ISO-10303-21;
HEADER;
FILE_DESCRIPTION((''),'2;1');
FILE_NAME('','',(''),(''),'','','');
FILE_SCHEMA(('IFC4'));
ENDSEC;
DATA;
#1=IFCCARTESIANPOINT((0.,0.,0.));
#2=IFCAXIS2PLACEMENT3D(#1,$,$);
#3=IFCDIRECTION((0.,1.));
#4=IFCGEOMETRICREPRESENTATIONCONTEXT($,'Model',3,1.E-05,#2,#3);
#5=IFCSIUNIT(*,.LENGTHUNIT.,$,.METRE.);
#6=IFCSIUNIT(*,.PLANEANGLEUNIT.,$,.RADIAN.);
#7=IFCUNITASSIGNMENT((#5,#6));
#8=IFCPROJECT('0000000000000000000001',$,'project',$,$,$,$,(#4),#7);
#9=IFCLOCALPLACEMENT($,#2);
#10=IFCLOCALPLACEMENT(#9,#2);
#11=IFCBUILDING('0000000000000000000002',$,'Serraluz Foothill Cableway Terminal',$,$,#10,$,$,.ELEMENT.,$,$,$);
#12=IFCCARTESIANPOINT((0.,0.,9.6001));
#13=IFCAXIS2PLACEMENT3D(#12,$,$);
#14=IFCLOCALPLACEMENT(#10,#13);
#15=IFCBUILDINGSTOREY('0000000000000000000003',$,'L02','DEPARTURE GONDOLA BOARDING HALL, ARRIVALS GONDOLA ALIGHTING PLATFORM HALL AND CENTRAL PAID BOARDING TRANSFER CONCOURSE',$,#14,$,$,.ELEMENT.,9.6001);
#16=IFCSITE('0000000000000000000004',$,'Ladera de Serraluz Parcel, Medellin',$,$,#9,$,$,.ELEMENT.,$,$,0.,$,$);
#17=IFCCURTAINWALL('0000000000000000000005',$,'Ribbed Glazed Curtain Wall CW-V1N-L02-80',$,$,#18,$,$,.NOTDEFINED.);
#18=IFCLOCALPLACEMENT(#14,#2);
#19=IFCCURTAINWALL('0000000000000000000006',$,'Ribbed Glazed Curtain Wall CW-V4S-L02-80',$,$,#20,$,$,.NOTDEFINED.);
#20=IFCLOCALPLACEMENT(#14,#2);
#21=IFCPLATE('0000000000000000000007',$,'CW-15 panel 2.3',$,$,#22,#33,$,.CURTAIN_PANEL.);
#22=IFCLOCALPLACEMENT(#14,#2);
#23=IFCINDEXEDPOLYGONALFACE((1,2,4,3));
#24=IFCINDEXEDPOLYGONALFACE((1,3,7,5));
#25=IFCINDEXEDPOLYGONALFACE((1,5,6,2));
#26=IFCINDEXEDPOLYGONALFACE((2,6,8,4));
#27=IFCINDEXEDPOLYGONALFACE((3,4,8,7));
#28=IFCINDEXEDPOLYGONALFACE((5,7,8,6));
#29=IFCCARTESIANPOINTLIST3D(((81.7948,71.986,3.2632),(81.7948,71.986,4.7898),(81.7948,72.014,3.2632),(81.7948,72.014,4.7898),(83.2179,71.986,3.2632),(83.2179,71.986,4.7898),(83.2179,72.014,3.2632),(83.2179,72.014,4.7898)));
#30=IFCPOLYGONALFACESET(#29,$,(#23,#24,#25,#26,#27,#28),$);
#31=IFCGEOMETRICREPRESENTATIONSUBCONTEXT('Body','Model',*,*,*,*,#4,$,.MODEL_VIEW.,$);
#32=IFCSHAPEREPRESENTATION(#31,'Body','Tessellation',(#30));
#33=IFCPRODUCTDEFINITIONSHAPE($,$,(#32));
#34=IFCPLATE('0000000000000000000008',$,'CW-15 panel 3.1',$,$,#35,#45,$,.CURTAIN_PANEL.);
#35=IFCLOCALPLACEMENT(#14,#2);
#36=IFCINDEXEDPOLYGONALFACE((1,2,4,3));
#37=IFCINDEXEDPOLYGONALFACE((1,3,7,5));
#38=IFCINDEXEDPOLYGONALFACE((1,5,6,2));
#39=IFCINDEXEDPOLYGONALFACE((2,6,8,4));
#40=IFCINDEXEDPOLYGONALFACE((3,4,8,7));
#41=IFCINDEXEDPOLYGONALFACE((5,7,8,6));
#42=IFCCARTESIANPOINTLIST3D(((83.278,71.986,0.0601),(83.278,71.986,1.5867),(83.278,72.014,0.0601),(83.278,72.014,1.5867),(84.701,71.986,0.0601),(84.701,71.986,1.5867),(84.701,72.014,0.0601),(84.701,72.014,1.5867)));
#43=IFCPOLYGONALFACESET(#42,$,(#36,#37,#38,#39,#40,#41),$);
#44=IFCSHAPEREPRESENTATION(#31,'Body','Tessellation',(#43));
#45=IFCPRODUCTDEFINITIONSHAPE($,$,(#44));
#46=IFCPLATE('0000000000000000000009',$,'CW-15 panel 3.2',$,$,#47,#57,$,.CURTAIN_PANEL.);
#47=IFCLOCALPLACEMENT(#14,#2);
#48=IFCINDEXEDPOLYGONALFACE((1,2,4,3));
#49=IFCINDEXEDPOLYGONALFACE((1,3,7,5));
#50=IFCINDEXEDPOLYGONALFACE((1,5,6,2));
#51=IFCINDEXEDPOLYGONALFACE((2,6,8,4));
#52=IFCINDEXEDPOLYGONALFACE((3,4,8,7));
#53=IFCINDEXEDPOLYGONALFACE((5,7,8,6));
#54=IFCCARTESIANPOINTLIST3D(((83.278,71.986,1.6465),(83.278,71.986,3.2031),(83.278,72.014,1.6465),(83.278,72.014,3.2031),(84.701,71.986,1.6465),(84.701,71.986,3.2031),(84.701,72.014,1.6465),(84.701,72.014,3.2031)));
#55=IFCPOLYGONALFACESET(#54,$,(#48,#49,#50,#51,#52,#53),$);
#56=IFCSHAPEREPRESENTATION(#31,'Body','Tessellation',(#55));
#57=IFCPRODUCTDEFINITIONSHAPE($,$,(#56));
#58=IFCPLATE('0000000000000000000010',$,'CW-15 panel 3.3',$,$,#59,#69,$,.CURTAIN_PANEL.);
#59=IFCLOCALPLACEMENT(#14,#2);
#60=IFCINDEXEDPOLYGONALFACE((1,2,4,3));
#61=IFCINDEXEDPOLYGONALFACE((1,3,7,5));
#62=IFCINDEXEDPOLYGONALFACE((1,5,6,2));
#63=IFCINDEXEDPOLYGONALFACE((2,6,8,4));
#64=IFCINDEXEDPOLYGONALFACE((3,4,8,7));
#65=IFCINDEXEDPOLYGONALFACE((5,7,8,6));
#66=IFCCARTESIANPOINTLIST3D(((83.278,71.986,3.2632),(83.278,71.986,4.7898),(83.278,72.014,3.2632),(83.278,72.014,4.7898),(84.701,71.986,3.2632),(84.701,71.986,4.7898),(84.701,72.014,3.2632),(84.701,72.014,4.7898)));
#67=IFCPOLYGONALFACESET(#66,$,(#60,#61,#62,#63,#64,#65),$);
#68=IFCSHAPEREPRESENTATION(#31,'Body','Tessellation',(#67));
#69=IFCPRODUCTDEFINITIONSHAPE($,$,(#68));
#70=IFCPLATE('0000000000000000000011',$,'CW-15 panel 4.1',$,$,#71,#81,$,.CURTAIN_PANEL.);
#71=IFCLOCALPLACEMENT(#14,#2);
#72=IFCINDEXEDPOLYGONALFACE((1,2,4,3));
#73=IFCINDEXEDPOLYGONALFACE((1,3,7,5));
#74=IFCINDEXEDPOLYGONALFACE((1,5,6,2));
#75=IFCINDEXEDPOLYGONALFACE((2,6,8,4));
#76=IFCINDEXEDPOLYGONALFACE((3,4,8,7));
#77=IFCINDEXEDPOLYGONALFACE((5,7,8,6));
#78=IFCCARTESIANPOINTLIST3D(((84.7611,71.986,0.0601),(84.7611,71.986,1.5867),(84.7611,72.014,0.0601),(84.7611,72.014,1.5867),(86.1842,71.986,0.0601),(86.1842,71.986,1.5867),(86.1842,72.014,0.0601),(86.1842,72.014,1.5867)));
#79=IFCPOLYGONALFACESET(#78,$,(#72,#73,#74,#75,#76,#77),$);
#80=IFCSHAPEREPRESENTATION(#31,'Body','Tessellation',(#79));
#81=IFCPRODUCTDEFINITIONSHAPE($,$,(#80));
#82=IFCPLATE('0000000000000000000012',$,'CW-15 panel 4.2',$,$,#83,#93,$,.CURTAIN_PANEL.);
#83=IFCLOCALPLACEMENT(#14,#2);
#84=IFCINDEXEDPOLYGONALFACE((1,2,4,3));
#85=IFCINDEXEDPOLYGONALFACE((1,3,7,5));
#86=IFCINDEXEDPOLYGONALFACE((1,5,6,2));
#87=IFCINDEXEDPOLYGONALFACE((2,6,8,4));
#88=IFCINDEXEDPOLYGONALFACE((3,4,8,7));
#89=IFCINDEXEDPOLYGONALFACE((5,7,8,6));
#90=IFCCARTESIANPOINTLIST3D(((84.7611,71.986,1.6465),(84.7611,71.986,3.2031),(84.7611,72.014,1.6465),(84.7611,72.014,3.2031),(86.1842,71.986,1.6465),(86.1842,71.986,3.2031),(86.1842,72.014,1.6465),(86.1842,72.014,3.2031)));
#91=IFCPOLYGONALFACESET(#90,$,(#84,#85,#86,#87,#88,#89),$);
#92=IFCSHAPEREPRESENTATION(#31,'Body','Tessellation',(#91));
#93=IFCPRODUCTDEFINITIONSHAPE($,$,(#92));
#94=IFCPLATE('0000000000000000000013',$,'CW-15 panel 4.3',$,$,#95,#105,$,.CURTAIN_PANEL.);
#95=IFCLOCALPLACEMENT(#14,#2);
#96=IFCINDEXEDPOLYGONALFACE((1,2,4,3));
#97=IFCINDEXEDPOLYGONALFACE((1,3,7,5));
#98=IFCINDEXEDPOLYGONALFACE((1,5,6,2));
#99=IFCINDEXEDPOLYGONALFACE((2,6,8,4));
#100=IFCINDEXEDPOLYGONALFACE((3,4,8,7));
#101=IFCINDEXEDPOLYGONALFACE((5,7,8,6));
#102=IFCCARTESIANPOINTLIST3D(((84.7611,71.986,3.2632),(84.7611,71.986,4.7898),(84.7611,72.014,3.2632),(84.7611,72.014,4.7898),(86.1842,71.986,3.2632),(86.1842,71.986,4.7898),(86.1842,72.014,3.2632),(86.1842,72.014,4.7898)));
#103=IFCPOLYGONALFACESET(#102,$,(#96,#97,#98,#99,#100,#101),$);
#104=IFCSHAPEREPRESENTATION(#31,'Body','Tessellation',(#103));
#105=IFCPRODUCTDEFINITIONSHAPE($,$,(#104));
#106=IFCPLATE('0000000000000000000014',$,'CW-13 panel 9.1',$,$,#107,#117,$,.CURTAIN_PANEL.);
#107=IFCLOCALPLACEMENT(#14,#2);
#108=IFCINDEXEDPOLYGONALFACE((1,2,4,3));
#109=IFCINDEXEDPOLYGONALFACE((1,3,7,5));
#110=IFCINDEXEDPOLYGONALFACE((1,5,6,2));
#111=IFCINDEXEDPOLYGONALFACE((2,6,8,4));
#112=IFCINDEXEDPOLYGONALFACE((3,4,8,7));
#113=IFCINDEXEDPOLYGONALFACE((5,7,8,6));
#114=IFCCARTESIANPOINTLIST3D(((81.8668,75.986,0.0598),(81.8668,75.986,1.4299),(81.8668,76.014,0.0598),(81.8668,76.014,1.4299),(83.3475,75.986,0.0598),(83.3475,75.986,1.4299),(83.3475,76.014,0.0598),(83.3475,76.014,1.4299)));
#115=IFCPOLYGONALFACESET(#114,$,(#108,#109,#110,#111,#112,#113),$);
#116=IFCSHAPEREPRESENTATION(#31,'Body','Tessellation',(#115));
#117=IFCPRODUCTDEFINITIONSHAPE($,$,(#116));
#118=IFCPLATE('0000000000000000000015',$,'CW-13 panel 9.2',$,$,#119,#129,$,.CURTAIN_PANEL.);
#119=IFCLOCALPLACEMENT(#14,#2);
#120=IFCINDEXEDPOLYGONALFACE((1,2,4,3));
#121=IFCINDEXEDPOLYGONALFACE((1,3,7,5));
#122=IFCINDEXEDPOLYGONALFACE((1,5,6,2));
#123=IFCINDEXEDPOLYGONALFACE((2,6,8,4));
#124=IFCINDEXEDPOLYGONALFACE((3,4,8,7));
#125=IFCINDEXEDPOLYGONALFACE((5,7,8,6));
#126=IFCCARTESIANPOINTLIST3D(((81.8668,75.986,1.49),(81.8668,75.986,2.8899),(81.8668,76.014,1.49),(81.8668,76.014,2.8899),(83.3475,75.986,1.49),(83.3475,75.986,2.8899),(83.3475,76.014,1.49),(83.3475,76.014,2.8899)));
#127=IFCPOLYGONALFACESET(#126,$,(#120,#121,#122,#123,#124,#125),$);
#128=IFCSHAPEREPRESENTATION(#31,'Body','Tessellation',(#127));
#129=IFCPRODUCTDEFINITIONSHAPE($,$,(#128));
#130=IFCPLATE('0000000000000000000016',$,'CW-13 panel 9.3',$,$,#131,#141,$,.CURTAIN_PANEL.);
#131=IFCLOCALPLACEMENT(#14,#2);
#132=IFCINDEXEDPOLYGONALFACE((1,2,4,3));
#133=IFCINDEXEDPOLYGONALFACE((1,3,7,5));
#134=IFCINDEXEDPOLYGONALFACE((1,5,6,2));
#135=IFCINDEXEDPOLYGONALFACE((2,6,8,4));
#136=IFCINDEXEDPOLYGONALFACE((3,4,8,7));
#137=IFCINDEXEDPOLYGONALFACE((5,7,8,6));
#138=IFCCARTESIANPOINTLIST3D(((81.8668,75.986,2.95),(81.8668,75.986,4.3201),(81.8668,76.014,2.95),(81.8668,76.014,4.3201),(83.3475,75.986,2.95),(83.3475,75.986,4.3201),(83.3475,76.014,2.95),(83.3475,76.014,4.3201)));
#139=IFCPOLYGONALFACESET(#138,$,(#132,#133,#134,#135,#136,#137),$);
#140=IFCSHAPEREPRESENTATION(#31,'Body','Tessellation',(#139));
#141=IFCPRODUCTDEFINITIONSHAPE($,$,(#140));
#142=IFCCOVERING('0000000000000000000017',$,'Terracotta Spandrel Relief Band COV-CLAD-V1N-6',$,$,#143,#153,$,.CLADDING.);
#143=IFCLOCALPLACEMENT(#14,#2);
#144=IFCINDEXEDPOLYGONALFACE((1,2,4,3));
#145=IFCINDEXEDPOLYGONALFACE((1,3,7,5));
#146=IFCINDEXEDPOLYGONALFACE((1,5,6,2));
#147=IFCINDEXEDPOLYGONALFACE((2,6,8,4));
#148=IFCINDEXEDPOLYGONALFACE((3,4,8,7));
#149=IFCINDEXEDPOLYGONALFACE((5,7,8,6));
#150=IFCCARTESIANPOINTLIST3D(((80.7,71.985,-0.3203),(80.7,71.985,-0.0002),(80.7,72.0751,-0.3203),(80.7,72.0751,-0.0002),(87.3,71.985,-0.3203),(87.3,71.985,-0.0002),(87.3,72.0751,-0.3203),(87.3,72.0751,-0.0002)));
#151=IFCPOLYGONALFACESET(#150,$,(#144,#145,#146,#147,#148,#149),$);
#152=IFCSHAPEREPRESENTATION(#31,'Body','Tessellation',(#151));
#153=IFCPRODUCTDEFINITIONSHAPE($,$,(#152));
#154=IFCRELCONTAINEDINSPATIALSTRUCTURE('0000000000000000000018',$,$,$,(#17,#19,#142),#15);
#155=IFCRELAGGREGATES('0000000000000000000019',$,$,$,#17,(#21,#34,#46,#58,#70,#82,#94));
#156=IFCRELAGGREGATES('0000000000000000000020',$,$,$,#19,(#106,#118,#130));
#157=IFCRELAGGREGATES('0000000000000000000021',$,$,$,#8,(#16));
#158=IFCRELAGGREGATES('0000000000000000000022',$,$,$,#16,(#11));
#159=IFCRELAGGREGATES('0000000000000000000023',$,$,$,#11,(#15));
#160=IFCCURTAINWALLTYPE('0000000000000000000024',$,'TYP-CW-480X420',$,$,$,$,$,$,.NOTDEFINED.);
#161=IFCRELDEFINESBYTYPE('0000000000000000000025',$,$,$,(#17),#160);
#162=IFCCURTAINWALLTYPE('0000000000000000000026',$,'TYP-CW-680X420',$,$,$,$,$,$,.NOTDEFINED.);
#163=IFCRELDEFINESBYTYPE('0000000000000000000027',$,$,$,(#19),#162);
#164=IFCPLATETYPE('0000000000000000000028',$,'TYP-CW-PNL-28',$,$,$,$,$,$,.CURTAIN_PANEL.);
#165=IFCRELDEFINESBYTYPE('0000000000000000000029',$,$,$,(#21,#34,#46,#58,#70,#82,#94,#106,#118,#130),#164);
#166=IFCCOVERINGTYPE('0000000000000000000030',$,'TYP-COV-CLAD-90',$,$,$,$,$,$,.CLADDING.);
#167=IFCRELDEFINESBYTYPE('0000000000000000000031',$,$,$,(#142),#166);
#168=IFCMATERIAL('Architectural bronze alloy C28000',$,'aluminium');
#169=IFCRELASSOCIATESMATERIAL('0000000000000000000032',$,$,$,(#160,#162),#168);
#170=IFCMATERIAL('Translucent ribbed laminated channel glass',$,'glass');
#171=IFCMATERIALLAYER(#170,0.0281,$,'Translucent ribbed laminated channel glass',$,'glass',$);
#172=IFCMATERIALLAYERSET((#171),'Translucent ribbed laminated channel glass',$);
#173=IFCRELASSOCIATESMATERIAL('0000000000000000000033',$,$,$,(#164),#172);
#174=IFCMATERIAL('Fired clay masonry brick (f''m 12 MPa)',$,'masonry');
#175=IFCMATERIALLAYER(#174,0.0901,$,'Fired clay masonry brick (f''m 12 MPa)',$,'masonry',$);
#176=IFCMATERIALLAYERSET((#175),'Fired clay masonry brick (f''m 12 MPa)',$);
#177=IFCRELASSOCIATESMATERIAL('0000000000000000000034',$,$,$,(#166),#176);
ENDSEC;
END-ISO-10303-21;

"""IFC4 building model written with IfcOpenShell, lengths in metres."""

from ifc_helpers import new_model, si_unit, direction, frame, origin, origin_2d, place, context, subcontext, project, spatial, rectangle, extrude, material, layer, layer_set, type_object, element, aggregate, save


model = new_model("IFC4")

# Units and contexts
model_context = context("Model", 3, precision=1e-05, world=origin(), true_north=direction((0.0, 1.0)))
body_context = subcontext(model_context, "Body", "Model", "MODEL_VIEW")
ifc_project = project(units=[si_unit("LENGTHUNIT", "METRE"), si_unit("PLANEANGLEUNIT", "RADIAN")], contexts=[model_context])

# Site, building, storey
site_placement = place(None, origin())
site = spatial("IfcSite", under=ifc_project, at=site_placement, Name="Ladera de Serraluz Parcel, Medellin", CompositionType="ELEMENT", RefElevation=0.0)
building_placement = place(site_placement, origin())
building = spatial("IfcBuilding", under=site, at=building_placement, Name="Serraluz Foothill Cableway Terminal", CompositionType="ELEMENT")
storey_placement = place(building_placement, frame((0.0, 0.0, 9.6001)))
storey = spatial("IfcBuildingStorey", under=building, at=storey_placement, Name="L02", Description="DEPARTURE GONDOLA BOARDING HALL, ARRIVALS GONDOLA ALIGHTING PLATFORM HALL AND CENTRAL PAID BOARDING TRANSFER CONCOURSE", CompositionType="ELEMENT", Elevation=9.6001)

# Curtain wall
ifc_material_1 = material(Name="Architectural bronze alloy C28000", Category="aluminium")
curtain_wall_type_1 = type_object("IfcCurtainWallType", Name="TYP-CW-480X420", PredefinedType="NOTDEFINED", material=ifc_material_1)
curtain_wall_1_placement = place(storey_placement, origin())
curtain_wall_1 = element("IfcCurtainWall", 1, at=curtain_wall_1_placement, inside=storey, type_object=curtain_wall_type_1, Name="Ribbed Glazed Curtain Wall CW-V1N-L02-80", PredefinedType="NOTDEFINED")

# Curtain wall
curtain_wall_type_2 = type_object("IfcCurtainWallType", Name="TYP-CW-680X420", PredefinedType="NOTDEFINED", material=ifc_material_1)
curtain_wall_2_placement = place(storey_placement, origin())
curtain_wall_2 = element("IfcCurtainWall", 2, at=curtain_wall_2_placement, inside=storey, type_object=curtain_wall_type_2, Name="Ribbed Glazed Curtain Wall CW-V4S-L02-80", PredefinedType="NOTDEFINED")

# Plates
ifc_material_2 = material(Name="Translucent ribbed laminated channel glass", Category="glass")
ifc_layer_1 = layer(ifc_material_2, 0.0281, Name="Translucent ribbed laminated channel glass", Category="glass")
ifc_layer_set_1 = layer_set([ifc_layer_1], Name="Translucent ribbed laminated channel glass")
plate_type = type_object("IfcPlateType", Name="TYP-CW-PNL-28", PredefinedType="CURTAIN_PANEL", material=ifc_layer_set_1)
plate_1_placement = place(storey_placement, frame((82.5063, 72.0, 3.2632), z_axis=(0.0, 0.0, 1.0), x_axis=(1.0, 0.0, 0.0)))
plate_1 = element("IfcPlate", 3, at=plate_1_placement, type_object=plate_type, Name="CW-15 panel 2.3", PredefinedType="CURTAIN_PANEL", context=body_context, shape_type="SweptSolid", body=[
    extrude(rectangle(XDim=1.4231, YDim=0.0281, at=origin_2d()), origin(), (0.0, 0.0, 1.0), 1.5266),
])
plate_2_placement = place(storey_placement, frame((83.9895, 72.0, 0.0601), z_axis=(0.0, 0.0, 1.0), x_axis=(1.0, 0.0, 0.0)))
plate_2 = element("IfcPlate", 4, at=plate_2_placement, type_object=plate_type, Name="CW-15 panel 3.1", PredefinedType="CURTAIN_PANEL", context=body_context, shape_type="SweptSolid", body=[
    extrude(rectangle(XDim=1.4231, YDim=0.0281, at=origin_2d()), origin(), (0.0, 0.0, 1.0), 1.5266),
])
plate_3_placement = place(storey_placement, frame((83.9895, 72.0, 1.6465), z_axis=(0.0, 0.0, 1.0), x_axis=(1.0, 0.0, 0.0)))
plate_3 = element("IfcPlate", 5, at=plate_3_placement, type_object=plate_type, Name="CW-15 panel 3.2", PredefinedType="CURTAIN_PANEL", context=body_context, shape_type="SweptSolid", body=[
    extrude(rectangle(XDim=1.4231, YDim=0.0281, at=origin_2d()), origin(), (0.0, 0.0, 1.0), 1.5566),
])
plate_4_placement = place(storey_placement, frame((83.9895, 72.0, 3.2632), z_axis=(0.0, 0.0, 1.0), x_axis=(1.0, 0.0, 0.0)))
plate_4 = element("IfcPlate", 6, at=plate_4_placement, type_object=plate_type, Name="CW-15 panel 3.3", PredefinedType="CURTAIN_PANEL", context=body_context, shape_type="SweptSolid", body=[
    extrude(rectangle(XDim=1.4231, YDim=0.0281, at=origin_2d()), origin(), (0.0, 0.0, 1.0), 1.5266),
])
plate_5_placement = place(storey_placement, frame((85.4727, 72.0, 0.0601), z_axis=(0.0, 0.0, 1.0), x_axis=(1.0, 0.0, 0.0)))
plate_5 = element("IfcPlate", 7, at=plate_5_placement, type_object=plate_type, Name="CW-15 panel 4.1", PredefinedType="CURTAIN_PANEL", context=body_context, shape_type="SweptSolid", body=[
    extrude(rectangle(XDim=1.4231, YDim=0.0281, at=origin_2d()), origin(), (0.0, 0.0, 1.0), 1.5266),
])
plate_6_placement = place(storey_placement, frame((85.4727, 72.0, 1.6465), z_axis=(0.0, 0.0, 1.0), x_axis=(1.0, 0.0, 0.0)))
plate_6 = element("IfcPlate", 8, at=plate_6_placement, type_object=plate_type, Name="CW-15 panel 4.2", PredefinedType="CURTAIN_PANEL", context=body_context, shape_type="SweptSolid", body=[
    extrude(rectangle(XDim=1.4231, YDim=0.0281, at=origin_2d()), origin(), (0.0, 0.0, 1.0), 1.5566),
])
plate_7_placement = place(storey_placement, frame((85.4727, 72.0, 3.2632), z_axis=(0.0, 0.0, 1.0), x_axis=(1.0, 0.0, 0.0)))
plate_7 = element("IfcPlate", 9, at=plate_7_placement, type_object=plate_type, Name="CW-15 panel 4.3", PredefinedType="CURTAIN_PANEL", context=body_context, shape_type="SweptSolid", body=[
    extrude(rectangle(XDim=1.4231, YDim=0.0281, at=origin_2d()), origin(), (0.0, 0.0, 1.0), 1.5266),
])
aggregate(curtain_wall_1, [plate_1, plate_2, plate_3, plate_4, plate_5, plate_6, plate_7])
plate_8_placement = place(storey_placement, frame((82.6072, 76.0, 0.0598), z_axis=(0.0, 0.0, 1.0), x_axis=(-1.0, 0.0, 0.0)))
plate_8 = element("IfcPlate", 10, at=plate_8_placement, type_object=plate_type, Name="CW-13 panel 9.1", PredefinedType="CURTAIN_PANEL", context=body_context, shape_type="SweptSolid", body=[
    extrude(rectangle(XDim=1.4807, YDim=0.0281, at=origin_2d()), origin(), (0.0, 0.0, 1.0), 1.3701),
])
plate_9_placement = place(storey_placement, frame((82.6072, 76.0, 1.49), z_axis=(0.0, 0.0, 1.0), x_axis=(-1.0, 0.0, 0.0)))
plate_9 = element("IfcPlate", 11, at=plate_9_placement, type_object=plate_type, Name="CW-13 panel 9.2", PredefinedType="CURTAIN_PANEL", context=body_context, shape_type="SweptSolid", body=[
    extrude(rectangle(XDim=1.4807, YDim=0.0281, at=origin_2d()), origin(), (0.0, 0.0, 1.0), 1.3999),
])
plate_10_placement = place(storey_placement, frame((82.6072, 76.0, 2.95), z_axis=(0.0, 0.0, 1.0), x_axis=(-1.0, 0.0, 0.0)))
plate_10 = element("IfcPlate", 12, at=plate_10_placement, type_object=plate_type, Name="CW-13 panel 9.3", PredefinedType="CURTAIN_PANEL", context=body_context, shape_type="SweptSolid", body=[
    extrude(rectangle(XDim=1.4807, YDim=0.0281, at=origin_2d()), origin(), (0.0, 0.0, 1.0), 1.3701),
])
aggregate(curtain_wall_2, [plate_8, plate_9, plate_10])

# Covering
ifc_material_3 = material(Name="Fired clay masonry brick (f'm 12 MPa)", Category="masonry")
ifc_layer_2 = layer(ifc_material_3, 0.0901, Name="Fired clay masonry brick (f'm 12 MPa)", Category="masonry")
ifc_layer_set_2 = layer_set([ifc_layer_2], Name="Fired clay masonry brick (f'm 12 MPa)")
covering_type = type_object("IfcCoveringType", Name="TYP-COV-CLAD-90", PredefinedType="CLADDING", material=ifc_layer_set_2)
covering_placement = place(storey_placement, frame((84.0, 72.03, -0.3203), z_axis=(0.0, 0.0, 1.0), x_axis=(1.0, 0.0, 0.0)))
element("IfcCovering", 13, at=covering_placement, inside=storey, type_object=covering_type, Name="Terracotta Spandrel Relief Band COV-CLAD-V1N-6", PredefinedType="CLADDING", context=body_context, shape_type="SweptSolid", body=[
    extrude(rectangle(XDim=6.6001, YDim=0.0901, at=origin_2d()), origin(), (0.0, 0.0, 1.0), 0.3201),
])

save(model, "model.ifc")
